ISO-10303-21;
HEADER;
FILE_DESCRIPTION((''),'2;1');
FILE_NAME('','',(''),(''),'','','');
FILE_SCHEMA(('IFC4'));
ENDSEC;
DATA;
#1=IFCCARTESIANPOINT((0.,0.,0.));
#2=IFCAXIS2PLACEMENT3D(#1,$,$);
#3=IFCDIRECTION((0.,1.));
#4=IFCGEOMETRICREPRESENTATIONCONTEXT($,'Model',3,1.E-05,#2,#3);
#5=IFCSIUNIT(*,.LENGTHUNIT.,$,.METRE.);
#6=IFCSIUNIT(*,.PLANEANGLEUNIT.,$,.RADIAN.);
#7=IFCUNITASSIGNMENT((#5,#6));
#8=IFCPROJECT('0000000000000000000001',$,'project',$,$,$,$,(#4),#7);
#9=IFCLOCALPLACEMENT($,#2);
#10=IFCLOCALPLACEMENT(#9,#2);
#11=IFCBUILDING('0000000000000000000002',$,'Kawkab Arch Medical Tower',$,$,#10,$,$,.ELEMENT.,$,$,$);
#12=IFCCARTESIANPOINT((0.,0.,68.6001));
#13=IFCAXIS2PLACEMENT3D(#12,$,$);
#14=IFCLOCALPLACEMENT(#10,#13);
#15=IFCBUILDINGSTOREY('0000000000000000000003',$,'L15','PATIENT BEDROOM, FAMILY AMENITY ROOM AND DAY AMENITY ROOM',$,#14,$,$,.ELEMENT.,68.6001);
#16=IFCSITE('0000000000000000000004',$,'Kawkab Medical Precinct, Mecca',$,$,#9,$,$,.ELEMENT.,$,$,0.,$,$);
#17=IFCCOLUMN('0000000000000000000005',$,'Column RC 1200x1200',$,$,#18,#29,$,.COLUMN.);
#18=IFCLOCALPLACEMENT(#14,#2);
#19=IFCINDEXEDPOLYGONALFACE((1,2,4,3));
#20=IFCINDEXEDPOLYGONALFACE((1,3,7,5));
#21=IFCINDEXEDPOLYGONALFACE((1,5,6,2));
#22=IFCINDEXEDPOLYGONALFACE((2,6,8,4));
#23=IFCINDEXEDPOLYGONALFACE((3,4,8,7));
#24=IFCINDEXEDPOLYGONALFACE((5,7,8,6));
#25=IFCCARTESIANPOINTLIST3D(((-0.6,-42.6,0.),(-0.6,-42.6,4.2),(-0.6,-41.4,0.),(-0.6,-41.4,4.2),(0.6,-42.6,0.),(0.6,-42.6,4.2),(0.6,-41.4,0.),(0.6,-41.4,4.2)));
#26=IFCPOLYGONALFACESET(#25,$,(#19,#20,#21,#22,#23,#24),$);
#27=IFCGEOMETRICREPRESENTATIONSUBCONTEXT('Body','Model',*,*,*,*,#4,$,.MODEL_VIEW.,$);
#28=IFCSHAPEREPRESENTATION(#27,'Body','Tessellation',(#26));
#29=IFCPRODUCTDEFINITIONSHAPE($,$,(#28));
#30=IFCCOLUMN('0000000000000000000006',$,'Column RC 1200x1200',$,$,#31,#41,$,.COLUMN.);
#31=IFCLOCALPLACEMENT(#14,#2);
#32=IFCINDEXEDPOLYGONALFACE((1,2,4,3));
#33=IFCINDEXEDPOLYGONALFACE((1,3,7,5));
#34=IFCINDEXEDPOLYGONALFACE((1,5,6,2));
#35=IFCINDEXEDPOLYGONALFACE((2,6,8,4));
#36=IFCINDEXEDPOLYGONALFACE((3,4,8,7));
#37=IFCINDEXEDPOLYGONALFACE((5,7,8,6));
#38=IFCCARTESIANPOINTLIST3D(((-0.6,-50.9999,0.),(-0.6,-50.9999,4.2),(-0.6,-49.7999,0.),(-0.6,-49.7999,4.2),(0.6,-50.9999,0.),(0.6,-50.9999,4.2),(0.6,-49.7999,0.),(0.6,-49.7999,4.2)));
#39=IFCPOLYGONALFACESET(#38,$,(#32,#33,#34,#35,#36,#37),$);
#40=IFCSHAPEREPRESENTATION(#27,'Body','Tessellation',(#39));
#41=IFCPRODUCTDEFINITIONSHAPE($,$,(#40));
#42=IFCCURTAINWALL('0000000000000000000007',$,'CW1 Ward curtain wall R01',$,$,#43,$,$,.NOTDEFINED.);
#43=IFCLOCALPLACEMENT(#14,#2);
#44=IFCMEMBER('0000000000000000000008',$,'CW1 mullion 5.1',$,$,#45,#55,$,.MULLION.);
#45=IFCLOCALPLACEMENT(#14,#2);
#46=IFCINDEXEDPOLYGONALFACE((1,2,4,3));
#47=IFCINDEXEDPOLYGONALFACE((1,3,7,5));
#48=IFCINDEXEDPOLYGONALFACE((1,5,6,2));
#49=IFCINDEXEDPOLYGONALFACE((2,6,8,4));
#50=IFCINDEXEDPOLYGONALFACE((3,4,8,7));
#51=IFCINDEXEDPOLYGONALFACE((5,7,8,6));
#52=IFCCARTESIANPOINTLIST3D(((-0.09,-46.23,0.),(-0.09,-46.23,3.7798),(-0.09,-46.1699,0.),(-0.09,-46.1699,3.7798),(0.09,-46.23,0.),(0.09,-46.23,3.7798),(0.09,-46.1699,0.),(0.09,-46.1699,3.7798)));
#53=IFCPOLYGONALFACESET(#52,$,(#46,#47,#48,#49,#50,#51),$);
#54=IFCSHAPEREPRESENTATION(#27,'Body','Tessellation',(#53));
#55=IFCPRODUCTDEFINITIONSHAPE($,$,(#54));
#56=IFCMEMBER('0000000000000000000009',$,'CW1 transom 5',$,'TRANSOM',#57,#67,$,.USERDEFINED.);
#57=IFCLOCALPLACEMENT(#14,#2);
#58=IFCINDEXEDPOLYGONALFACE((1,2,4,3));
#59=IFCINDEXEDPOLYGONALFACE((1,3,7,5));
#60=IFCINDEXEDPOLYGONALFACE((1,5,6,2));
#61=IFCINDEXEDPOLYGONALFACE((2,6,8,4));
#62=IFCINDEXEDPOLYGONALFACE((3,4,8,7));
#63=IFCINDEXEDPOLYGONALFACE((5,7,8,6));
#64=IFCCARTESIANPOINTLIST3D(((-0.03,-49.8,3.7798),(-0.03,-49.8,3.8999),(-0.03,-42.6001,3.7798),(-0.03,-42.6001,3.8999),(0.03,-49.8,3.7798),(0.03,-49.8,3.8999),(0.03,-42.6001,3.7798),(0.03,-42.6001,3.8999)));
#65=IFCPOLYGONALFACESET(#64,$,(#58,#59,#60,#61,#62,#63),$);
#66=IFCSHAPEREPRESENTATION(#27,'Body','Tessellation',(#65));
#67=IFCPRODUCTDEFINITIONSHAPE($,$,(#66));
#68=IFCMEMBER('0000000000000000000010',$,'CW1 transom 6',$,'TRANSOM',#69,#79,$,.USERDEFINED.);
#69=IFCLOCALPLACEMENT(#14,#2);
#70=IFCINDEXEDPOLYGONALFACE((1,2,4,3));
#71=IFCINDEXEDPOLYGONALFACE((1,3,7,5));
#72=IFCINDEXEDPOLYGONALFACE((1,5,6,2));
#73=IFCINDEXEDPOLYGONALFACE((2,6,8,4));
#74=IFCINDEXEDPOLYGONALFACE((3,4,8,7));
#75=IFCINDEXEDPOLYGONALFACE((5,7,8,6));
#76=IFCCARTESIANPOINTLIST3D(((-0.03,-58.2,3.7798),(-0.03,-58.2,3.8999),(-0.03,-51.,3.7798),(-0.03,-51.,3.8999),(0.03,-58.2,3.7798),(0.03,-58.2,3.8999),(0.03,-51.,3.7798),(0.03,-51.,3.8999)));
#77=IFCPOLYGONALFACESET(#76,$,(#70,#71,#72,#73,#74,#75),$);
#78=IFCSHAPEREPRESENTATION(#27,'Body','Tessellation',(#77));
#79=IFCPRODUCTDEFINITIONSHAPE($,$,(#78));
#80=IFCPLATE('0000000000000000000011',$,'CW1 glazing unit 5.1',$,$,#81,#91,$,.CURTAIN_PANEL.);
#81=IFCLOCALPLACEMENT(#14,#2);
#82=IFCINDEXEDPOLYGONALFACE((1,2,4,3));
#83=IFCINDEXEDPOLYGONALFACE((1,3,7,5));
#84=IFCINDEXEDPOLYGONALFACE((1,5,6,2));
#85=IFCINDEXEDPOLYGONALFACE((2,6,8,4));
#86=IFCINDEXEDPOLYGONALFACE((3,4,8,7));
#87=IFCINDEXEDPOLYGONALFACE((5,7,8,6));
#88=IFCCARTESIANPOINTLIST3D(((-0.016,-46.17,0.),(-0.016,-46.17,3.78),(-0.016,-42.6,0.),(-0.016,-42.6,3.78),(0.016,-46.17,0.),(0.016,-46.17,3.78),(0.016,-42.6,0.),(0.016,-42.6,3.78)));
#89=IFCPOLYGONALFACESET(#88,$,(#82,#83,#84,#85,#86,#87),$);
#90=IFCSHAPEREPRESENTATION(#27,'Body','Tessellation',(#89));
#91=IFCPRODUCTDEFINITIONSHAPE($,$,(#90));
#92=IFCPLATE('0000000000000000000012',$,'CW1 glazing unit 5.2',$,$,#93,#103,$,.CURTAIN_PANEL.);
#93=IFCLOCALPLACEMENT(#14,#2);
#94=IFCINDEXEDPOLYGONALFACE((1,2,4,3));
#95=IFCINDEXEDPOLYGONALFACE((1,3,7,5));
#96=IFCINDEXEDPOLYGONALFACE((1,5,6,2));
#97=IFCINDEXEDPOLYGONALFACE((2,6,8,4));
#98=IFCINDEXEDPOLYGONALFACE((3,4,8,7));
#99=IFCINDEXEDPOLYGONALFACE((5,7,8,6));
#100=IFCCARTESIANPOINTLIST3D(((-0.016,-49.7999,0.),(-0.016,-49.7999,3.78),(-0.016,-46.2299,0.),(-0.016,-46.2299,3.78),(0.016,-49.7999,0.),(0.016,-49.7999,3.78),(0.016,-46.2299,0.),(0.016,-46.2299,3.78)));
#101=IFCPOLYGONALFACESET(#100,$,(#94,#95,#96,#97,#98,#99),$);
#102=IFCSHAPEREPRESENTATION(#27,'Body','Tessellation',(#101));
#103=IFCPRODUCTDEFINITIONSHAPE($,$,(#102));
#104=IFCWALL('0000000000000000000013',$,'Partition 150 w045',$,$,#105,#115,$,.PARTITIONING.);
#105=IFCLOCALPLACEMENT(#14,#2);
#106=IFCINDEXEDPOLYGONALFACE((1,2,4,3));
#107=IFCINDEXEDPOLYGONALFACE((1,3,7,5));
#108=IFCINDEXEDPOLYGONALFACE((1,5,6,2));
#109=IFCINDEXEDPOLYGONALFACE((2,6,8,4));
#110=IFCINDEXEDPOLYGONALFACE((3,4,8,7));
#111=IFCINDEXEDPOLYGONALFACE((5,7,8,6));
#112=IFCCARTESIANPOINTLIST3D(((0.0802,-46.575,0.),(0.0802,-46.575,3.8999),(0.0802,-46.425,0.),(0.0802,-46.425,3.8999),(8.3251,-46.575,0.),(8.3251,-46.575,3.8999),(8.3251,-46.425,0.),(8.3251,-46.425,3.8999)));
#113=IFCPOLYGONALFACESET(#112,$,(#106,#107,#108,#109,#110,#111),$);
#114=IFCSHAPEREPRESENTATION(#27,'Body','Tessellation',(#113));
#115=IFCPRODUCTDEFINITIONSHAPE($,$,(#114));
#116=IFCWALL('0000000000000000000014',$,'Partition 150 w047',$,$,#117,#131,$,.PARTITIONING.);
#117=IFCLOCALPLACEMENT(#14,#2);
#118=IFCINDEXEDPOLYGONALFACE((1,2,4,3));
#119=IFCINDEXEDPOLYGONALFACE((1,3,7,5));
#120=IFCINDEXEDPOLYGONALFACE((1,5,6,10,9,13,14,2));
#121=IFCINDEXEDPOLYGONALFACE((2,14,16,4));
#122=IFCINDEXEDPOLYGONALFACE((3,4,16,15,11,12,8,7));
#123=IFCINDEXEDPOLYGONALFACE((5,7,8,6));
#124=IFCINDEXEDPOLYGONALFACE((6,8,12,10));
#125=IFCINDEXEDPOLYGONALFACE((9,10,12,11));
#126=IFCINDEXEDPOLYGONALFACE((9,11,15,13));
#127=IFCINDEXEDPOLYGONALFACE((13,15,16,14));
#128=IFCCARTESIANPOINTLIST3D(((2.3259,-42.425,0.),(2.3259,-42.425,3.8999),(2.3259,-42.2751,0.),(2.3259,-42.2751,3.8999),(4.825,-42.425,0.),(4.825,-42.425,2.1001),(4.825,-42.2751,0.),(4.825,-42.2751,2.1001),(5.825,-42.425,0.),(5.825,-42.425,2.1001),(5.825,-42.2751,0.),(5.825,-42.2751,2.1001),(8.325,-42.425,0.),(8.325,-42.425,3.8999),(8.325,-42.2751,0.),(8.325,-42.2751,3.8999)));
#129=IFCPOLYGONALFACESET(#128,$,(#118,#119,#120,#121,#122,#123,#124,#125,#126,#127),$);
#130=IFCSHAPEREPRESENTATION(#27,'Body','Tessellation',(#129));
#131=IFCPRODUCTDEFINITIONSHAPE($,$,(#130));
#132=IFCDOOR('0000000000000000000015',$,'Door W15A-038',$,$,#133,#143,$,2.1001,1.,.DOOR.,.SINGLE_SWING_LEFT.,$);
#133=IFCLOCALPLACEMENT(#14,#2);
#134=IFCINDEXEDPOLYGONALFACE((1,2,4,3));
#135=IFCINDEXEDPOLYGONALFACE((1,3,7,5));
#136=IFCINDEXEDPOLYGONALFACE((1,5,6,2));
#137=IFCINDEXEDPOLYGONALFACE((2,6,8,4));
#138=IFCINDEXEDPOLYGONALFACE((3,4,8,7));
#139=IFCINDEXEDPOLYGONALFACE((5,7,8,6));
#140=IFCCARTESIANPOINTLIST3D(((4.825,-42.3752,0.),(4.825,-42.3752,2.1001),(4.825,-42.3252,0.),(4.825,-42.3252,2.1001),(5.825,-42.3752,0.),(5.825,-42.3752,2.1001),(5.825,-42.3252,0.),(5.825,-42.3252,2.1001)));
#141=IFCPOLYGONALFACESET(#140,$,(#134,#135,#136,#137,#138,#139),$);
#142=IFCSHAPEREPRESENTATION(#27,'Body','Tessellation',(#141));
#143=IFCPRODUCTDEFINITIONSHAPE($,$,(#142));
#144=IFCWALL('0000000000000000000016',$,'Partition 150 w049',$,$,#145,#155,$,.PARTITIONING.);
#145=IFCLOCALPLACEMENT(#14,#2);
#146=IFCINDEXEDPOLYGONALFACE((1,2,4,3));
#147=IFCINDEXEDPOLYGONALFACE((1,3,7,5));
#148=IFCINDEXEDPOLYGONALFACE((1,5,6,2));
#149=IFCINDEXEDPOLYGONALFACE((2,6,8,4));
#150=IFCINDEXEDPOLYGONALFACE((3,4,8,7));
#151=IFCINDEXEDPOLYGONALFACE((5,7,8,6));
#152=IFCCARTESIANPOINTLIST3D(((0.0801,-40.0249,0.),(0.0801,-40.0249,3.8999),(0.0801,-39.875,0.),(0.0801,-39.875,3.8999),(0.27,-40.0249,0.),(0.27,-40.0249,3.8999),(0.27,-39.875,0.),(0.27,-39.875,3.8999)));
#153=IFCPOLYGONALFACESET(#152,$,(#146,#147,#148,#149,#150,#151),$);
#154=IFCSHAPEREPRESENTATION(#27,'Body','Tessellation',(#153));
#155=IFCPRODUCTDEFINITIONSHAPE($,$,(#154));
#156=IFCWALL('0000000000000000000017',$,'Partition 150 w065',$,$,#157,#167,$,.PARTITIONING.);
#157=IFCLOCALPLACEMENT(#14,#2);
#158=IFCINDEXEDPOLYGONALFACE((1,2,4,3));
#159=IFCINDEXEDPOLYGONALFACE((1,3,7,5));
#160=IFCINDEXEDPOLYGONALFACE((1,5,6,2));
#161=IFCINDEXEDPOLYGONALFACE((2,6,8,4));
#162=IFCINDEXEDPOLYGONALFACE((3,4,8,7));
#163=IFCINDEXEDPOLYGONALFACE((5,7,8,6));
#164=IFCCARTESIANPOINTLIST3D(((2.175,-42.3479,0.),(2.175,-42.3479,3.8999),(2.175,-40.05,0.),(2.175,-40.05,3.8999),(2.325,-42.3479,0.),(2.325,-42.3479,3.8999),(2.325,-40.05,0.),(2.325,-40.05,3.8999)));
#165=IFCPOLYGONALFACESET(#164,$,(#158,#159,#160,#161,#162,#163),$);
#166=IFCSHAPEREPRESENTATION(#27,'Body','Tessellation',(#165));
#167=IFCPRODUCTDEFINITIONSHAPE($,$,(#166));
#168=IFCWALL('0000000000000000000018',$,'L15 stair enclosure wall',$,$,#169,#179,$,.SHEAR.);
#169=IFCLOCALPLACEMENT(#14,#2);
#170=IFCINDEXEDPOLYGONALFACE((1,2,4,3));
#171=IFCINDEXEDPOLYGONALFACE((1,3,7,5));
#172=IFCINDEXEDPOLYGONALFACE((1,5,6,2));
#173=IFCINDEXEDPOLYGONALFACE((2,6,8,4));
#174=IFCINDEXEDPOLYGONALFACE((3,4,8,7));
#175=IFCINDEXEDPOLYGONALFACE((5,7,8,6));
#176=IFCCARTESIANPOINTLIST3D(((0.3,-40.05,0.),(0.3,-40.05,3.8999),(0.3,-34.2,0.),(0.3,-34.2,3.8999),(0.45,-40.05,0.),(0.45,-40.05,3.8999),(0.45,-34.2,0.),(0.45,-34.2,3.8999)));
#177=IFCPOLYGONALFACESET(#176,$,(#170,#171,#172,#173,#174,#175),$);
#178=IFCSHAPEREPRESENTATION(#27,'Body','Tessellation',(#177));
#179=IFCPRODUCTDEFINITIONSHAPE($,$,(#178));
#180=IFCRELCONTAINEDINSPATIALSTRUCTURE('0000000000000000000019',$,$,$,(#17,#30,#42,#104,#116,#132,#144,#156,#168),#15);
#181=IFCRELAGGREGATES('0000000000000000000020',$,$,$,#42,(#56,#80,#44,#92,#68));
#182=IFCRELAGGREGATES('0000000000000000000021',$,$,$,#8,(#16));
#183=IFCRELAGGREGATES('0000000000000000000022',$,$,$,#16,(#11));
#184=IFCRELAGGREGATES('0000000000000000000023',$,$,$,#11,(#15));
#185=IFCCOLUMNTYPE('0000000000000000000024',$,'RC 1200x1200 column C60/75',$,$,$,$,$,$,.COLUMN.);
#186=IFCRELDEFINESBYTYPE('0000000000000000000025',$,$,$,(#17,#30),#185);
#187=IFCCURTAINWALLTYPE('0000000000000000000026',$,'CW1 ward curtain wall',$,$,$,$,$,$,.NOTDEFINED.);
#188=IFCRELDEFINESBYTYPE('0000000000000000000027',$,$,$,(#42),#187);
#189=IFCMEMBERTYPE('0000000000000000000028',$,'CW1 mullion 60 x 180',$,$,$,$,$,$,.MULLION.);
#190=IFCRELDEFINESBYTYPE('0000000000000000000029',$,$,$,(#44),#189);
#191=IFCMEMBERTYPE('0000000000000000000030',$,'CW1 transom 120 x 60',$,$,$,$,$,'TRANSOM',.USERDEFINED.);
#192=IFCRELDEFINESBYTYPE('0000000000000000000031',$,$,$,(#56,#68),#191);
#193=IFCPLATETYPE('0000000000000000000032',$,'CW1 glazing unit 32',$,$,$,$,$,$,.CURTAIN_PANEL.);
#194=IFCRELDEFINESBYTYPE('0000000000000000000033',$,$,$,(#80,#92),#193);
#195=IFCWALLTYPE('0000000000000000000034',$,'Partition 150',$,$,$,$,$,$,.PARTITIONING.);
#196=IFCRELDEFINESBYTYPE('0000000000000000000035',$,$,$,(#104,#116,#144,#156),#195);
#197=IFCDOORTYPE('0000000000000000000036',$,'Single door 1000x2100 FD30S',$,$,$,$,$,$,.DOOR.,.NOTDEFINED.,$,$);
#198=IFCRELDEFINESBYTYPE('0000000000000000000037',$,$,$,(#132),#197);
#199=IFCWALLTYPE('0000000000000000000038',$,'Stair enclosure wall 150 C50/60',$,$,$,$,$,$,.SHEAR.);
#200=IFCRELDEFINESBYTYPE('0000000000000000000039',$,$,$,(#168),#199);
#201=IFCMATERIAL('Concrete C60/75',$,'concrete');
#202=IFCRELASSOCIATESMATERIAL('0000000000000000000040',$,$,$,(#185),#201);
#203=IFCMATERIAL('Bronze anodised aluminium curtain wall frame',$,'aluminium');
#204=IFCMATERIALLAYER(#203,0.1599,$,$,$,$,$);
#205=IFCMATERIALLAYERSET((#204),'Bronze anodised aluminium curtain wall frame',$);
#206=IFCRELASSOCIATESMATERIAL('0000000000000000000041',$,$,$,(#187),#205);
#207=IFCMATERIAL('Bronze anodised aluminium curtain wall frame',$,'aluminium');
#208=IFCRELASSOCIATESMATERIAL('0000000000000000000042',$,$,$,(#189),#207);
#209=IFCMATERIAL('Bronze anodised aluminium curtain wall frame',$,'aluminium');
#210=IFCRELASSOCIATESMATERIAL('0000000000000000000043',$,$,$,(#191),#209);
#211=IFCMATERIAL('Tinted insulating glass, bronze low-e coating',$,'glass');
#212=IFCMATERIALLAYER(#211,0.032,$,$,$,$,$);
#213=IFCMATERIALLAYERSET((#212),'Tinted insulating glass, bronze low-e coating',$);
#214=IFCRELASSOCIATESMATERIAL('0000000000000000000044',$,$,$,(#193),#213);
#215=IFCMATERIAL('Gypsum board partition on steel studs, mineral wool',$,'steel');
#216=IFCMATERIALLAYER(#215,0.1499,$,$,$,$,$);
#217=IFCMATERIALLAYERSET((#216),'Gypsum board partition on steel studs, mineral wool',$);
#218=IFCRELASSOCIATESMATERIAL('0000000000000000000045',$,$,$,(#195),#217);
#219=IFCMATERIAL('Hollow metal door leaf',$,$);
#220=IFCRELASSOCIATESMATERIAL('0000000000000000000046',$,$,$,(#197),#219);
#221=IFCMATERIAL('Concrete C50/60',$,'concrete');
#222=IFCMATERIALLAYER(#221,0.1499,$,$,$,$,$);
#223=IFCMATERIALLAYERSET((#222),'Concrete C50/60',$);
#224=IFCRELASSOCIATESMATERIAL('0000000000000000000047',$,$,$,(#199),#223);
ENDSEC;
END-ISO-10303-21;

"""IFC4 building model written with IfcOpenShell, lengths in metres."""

from ifc_helpers import new_model, si_unit, direction, frame, frame_2d, origin, origin_2d, place, context, subcontext, project, spatial, rectangle, extrude, material, layer, layer_set, material_profile, profile_set, type_object, element, fill, aggregate, save


model = new_model("IFC4")

# Units and contexts
model_context = context("Model", 3, precision=1e-05, world=origin(), true_north=direction((0.0, 1.0)))
body_context = subcontext(model_context, "Body", "Model", "MODEL_VIEW")
ifc_project = project(units=[si_unit("LENGTHUNIT", "METRE"), si_unit("PLANEANGLEUNIT", "RADIAN")], contexts=[model_context])

# Site, building, storey
site_placement = place(None, origin())
site = spatial("IfcSite", under=ifc_project, at=site_placement, Name="Kawkab Medical Precinct, Mecca", CompositionType="ELEMENT", RefElevation=0.0)
building_placement = place(site_placement, origin())
building = spatial("IfcBuilding", under=site, at=building_placement, Name="Kawkab Arch Medical Tower", CompositionType="ELEMENT")
storey_placement = place(building_placement, frame((0.0, 0.0, 68.6001)))
storey = spatial("IfcBuildingStorey", under=building, at=storey_placement, Name="L15", Description="PATIENT BEDROOM, FAMILY AMENITY ROOM AND DAY AMENITY ROOM", CompositionType="ELEMENT", Elevation=68.6001)

# Columns
ifc_material_1 = material(Name="Concrete C60/75", Category="concrete")
ifc_material_profile_1 = material_profile(ifc_material_1, rectangle(XDim=1.2, YDim=1.2, at=origin_2d()), Name="RC 1200x1200")
ifc_profile_set_1 = profile_set([ifc_material_profile_1], Name="Concrete C60/75")
column_type = type_object("IfcColumnType", Name="RC 1200x1200 column C60/75", PredefinedType="COLUMN", material=ifc_profile_set_1)
for number, where, z_axis, x_axis, name in (
    (1, (0.0, -42.0, 0.0), (0.0, 0.0, 1.0), (1.0, 0.0, 0.0), "Column RC 1200x1200"),
    (2, (0.0, -50.3999, 0.0), (0.0, 0.0, 1.0), (1.0, 0.0, 0.0), "Column RC 1200x1200"),
):
    element("IfcColumn", number, at=place(storey_placement, frame(where, z_axis=z_axis, x_axis=x_axis)), inside=storey, type_object=column_type, Name=name, PredefinedType="COLUMN", context=body_context, shape_type="SweptSolid", body=[
        extrude(rectangle(XDim=1.2, YDim=1.2, at=origin_2d()), origin(), (0.0, 0.0, 1.0), 4.2),
    ])

# Curtain wall, members, plates
ifc_material_2 = material(Name="Bronze anodised aluminium curtain wall frame", Category="aluminium")
ifc_layer_1 = layer(ifc_material_2, 0.1599)
ifc_layer_set_1 = layer_set([ifc_layer_1], Name="Bronze anodised aluminium curtain wall frame")
curtain_wall_type = type_object("IfcCurtainWallType", Name="CW1 ward curtain wall", PredefinedType="NOTDEFINED", material=ifc_layer_set_1)
curtain_wall_placement = place(storey_placement, origin())
curtain_wall = element("IfcCurtainWall", 3, at=curtain_wall_placement, inside=storey, type_object=curtain_wall_type, Name="CW1 Ward curtain wall R01", PredefinedType="NOTDEFINED")
ifc_material_3 = material(Name="Bronze anodised aluminium curtain wall frame", Category="aluminium")
ifc_material_profile_2 = material_profile(ifc_material_3, rectangle(XDim=0.1799, YDim=0.0601, at=origin_2d()), Name="AL 60x180")
ifc_profile_set_2 = profile_set([ifc_material_profile_2], Name="Bronze anodised aluminium curtain wall frame")
member_type_1 = type_object("IfcMemberType", Name="CW1 mullion 60 x 180", PredefinedType="MULLION", material=ifc_profile_set_2)
member_1_placement = place(storey_placement, frame((0.0, -46.2, 0.0), z_axis=(0.0, 0.0, 1.0), x_axis=(1.0, 0.0, 0.0)))
member_1 = element("IfcMember", 4, at=member_1_placement, type_object=member_type_1, Name="CW1 mullion 5.1", PredefinedType="MULLION", context=body_context, shape_type="SweptSolid", body=[
    extrude(rectangle(XDim=0.1799, YDim=0.0601, at=origin_2d()), origin(), (0.0, 0.0, 1.0), 3.7798),
])
ifc_material_4 = material(Name="Bronze anodised aluminium curtain wall frame", Category="aluminium")
ifc_material_profile_3 = material_profile(ifc_material_4, rectangle(XDim=0.0601, YDim=0.1201, at=origin_2d()), Name="AL 60x120")
ifc_profile_set_3 = profile_set([ifc_material_profile_3], Name="Bronze anodised aluminium curtain wall frame")
member_type_2 = type_object("IfcMemberType", Name="CW1 transom 120 x 60", ElementType="TRANSOM", PredefinedType="USERDEFINED", material=ifc_profile_set_3)
member_2_placement = place(storey_placement, frame((0.0, -42.6001, 3.8398), z_axis=(0.0, -1.0, 0.0), x_axis=(1.0, 0.0, 0.0)))
member_2 = element("IfcMember", 5, at=member_2_placement, type_object=member_type_2, Name="CW1 transom 5", ObjectType="TRANSOM", PredefinedType="USERDEFINED", context=body_context, shape_type="SweptSolid", body=[
    extrude(rectangle(XDim=0.0601, YDim=0.1201, at=origin_2d()), origin(), (0.0, 0.0, 1.0), 7.2),
])
member_3_placement = place(storey_placement, frame((0.0, -51.0, 3.8398), z_axis=(0.0, -1.0, 0.0), x_axis=(1.0, 0.0, 0.0)))
member_3 = element("IfcMember", 6, at=member_3_placement, type_object=member_type_2, Name="CW1 transom 6", ObjectType="TRANSOM", PredefinedType="USERDEFINED", context=body_context, shape_type="SweptSolid", body=[
    extrude(rectangle(XDim=0.0601, YDim=0.1201, at=origin_2d()), origin(), (0.0, 0.0, 1.0), 7.2),
])
ifc_material_5 = material(Name="Tinted insulating glass, bronze low-e coating", Category="glass")
ifc_layer_2 = layer(ifc_material_5, 0.032)
ifc_layer_set_2 = layer_set([ifc_layer_2], Name="Tinted insulating glass, bronze low-e coating")
plate_type = type_object("IfcPlateType", Name="CW1 glazing unit 32", PredefinedType="CURTAIN_PANEL", material=ifc_layer_set_2)
plate_1_placement = place(storey_placement, frame((0.0, -44.385, 0.0), z_axis=(0.0, 0.0, 1.0), x_axis=(0.0, -1.0, 0.0)))
plate_1 = element("IfcPlate", 7, at=plate_1_placement, type_object=plate_type, Name="CW1 glazing unit 5.1", PredefinedType="CURTAIN_PANEL", context=body_context, shape_type="SweptSolid", body=[
    extrude(rectangle(XDim=3.5701, YDim=0.032, at=origin_2d()), origin(), (0.0, 0.0, 1.0), 3.78),
])
plate_2_placement = place(storey_placement, frame((0.0, -48.0149, 0.0), z_axis=(0.0, 0.0, 1.0), x_axis=(0.0, -1.0, 0.0)))
plate_2 = element("IfcPlate", 8, at=plate_2_placement, type_object=plate_type, Name="CW1 glazing unit 5.2", PredefinedType="CURTAIN_PANEL", context=body_context, shape_type="SweptSolid", body=[
    extrude(rectangle(XDim=3.5701, YDim=0.032, at=origin_2d()), origin(), (0.0, 0.0, 1.0), 3.78),
])
aggregate(curtain_wall, [member_2, plate_1, member_1, plate_2, member_3])

# Wall
ifc_material_6 = material(Name="Gypsum board partition on steel studs, mineral wool", Category="steel")
ifc_layer_3 = layer(ifc_material_6, 0.1499)
ifc_layer_set_3 = layer_set([ifc_layer_3], Name="Gypsum board partition on steel studs, mineral wool")
wall_type_1 = type_object("IfcWallType", Name="Partition 150", PredefinedType="PARTITIONING", material=ifc_layer_set_3)
wall_1_placement = place(storey_placement, frame((0.0801, -46.5, 0.0), z_axis=(0.0, 0.0, 1.0), x_axis=(1.0, 0.0, 0.0)))
element("IfcWall", 9, at=wall_1_placement, inside=storey, type_object=wall_type_1, Name="Partition 150 w045", PredefinedType="PARTITIONING", context=body_context, shape_type="SweptSolid", body=[
    extrude(rectangle(XDim=8.2449, YDim=0.1499, at=frame_2d((4.1226, 0.0))), origin(), (0.0, 0.0, 1.0), 3.8999),
])

# Wall, opening, door
wall_2_placement = place(storey_placement, frame((2.3259, -42.3501, 0.0), z_axis=(0.0, 0.0, 1.0), x_axis=(1.0, 0.0, 0.0)))
wall_2 = element("IfcWall", 10, at=wall_2_placement, inside=storey, type_object=wall_type_1, Name="Partition 150 w047", PredefinedType="PARTITIONING", context=body_context, shape_type="SweptSolid", body=[
    extrude(rectangle(XDim=5.999, YDim=0.1499, at=frame_2d((2.9995, 0.0))), origin(), (0.0, 0.0, 1.0), 3.8999),
])
opening_placement = place(wall_2_placement, frame((2.499, 0.0, 0.0)))
opening = element("IfcOpeningElement", 11, at=opening_placement, cuts=wall_2, PredefinedType="OPENING", context=body_context, shape_type="SweptSolid", body=[
    extrude(rectangle(XDim=1.0, YDim=2.1001, at=frame_2d((0.5, 1.05))), frame((0.0, 0.085, 0.0), z_axis=(0.0, -1.0, 0.0), x_axis=(1.0, 0.0, 0.0)), (0.0, 0.0, 1.0), 0.1699),
])
ifc_material_7 = material(Name="Hollow metal door leaf")
door_type = type_object("IfcDoorType", Name="Single door 1000x2100 FD30S", OperationType="NOTDEFINED", PredefinedType="DOOR", material=ifc_material_7)
door_placement = place(opening_placement, origin())
door = element("IfcDoor", 12, at=door_placement, inside=storey, type_object=door_type, Name="Door W15A-038", OperationType="SINGLE_SWING_LEFT", OverallHeight=2.1001, OverallWidth=1.0, PredefinedType="DOOR", context=body_context, shape_type="SweptSolid", body=[
    extrude(rectangle(XDim=1.0, YDim=2.1001, at=frame_2d((0.5, 1.05))), frame((0.0, 0.0249, 0.0), z_axis=(0.0, -1.0, 0.0), x_axis=(1.0, 0.0, 0.0)), (0.0, 0.0, 1.0), 0.05),
])
fill(opening, door)

# Walls
wall_3_placement = place(storey_placement, frame((0.0801, -39.95, 0.0), z_axis=(0.0, 0.0, 1.0), x_axis=(1.0, 0.0, 0.0)))
element("IfcWall", 13, at=wall_3_placement, inside=storey, type_object=wall_type_1, Name="Partition 150 w049", PredefinedType="PARTITIONING", context=body_context, shape_type="SweptSolid", body=[
    extrude(rectangle(XDim=0.1899, YDim=0.1499, at=frame_2d((0.095, 0.0))), origin(), (0.0, 0.0, 1.0), 3.8999),
])
wall_4_placement = place(storey_placement, frame((2.25, -42.3479, 0.0), z_axis=(0.0, 0.0, 1.0), x_axis=(0.0, 1.0, 0.0)))
element("IfcWall", 14, at=wall_4_placement, inside=storey, type_object=wall_type_1, Name="Partition 150 w065", PredefinedType="PARTITIONING", context=body_context, shape_type="SweptSolid", body=[
    extrude(rectangle(XDim=2.2979, YDim=0.1499, at=frame_2d((1.1489, 0.0))), origin(), (0.0, 0.0, 1.0), 3.8999),
])
ifc_material_8 = material(Name="Concrete C50/60", Category="concrete")
ifc_layer_4 = layer(ifc_material_8, 0.1499)
ifc_layer_set_4 = layer_set([ifc_layer_4], Name="Concrete C50/60")
wall_type_2 = type_object("IfcWallType", Name="Stair enclosure wall 150 C50/60", PredefinedType="SHEAR", material=ifc_layer_set_4)
wall_5_placement = place(storey_placement, frame((0.375, -40.05, 0.0), z_axis=(0.0, 0.0, 1.0), x_axis=(0.0, 1.0, 0.0)))
element("IfcWall", 15, at=wall_5_placement, inside=storey, type_object=wall_type_2, Name="L15 stair enclosure wall", PredefinedType="SHEAR", context=body_context, shape_type="SweptSolid", body=[
    extrude(rectangle(XDim=5.8501, YDim=0.1499, at=frame_2d((2.925, 0.0))), origin(), (0.0, 0.0, 1.0), 3.8999),
])

save(model, "model.ifc")
